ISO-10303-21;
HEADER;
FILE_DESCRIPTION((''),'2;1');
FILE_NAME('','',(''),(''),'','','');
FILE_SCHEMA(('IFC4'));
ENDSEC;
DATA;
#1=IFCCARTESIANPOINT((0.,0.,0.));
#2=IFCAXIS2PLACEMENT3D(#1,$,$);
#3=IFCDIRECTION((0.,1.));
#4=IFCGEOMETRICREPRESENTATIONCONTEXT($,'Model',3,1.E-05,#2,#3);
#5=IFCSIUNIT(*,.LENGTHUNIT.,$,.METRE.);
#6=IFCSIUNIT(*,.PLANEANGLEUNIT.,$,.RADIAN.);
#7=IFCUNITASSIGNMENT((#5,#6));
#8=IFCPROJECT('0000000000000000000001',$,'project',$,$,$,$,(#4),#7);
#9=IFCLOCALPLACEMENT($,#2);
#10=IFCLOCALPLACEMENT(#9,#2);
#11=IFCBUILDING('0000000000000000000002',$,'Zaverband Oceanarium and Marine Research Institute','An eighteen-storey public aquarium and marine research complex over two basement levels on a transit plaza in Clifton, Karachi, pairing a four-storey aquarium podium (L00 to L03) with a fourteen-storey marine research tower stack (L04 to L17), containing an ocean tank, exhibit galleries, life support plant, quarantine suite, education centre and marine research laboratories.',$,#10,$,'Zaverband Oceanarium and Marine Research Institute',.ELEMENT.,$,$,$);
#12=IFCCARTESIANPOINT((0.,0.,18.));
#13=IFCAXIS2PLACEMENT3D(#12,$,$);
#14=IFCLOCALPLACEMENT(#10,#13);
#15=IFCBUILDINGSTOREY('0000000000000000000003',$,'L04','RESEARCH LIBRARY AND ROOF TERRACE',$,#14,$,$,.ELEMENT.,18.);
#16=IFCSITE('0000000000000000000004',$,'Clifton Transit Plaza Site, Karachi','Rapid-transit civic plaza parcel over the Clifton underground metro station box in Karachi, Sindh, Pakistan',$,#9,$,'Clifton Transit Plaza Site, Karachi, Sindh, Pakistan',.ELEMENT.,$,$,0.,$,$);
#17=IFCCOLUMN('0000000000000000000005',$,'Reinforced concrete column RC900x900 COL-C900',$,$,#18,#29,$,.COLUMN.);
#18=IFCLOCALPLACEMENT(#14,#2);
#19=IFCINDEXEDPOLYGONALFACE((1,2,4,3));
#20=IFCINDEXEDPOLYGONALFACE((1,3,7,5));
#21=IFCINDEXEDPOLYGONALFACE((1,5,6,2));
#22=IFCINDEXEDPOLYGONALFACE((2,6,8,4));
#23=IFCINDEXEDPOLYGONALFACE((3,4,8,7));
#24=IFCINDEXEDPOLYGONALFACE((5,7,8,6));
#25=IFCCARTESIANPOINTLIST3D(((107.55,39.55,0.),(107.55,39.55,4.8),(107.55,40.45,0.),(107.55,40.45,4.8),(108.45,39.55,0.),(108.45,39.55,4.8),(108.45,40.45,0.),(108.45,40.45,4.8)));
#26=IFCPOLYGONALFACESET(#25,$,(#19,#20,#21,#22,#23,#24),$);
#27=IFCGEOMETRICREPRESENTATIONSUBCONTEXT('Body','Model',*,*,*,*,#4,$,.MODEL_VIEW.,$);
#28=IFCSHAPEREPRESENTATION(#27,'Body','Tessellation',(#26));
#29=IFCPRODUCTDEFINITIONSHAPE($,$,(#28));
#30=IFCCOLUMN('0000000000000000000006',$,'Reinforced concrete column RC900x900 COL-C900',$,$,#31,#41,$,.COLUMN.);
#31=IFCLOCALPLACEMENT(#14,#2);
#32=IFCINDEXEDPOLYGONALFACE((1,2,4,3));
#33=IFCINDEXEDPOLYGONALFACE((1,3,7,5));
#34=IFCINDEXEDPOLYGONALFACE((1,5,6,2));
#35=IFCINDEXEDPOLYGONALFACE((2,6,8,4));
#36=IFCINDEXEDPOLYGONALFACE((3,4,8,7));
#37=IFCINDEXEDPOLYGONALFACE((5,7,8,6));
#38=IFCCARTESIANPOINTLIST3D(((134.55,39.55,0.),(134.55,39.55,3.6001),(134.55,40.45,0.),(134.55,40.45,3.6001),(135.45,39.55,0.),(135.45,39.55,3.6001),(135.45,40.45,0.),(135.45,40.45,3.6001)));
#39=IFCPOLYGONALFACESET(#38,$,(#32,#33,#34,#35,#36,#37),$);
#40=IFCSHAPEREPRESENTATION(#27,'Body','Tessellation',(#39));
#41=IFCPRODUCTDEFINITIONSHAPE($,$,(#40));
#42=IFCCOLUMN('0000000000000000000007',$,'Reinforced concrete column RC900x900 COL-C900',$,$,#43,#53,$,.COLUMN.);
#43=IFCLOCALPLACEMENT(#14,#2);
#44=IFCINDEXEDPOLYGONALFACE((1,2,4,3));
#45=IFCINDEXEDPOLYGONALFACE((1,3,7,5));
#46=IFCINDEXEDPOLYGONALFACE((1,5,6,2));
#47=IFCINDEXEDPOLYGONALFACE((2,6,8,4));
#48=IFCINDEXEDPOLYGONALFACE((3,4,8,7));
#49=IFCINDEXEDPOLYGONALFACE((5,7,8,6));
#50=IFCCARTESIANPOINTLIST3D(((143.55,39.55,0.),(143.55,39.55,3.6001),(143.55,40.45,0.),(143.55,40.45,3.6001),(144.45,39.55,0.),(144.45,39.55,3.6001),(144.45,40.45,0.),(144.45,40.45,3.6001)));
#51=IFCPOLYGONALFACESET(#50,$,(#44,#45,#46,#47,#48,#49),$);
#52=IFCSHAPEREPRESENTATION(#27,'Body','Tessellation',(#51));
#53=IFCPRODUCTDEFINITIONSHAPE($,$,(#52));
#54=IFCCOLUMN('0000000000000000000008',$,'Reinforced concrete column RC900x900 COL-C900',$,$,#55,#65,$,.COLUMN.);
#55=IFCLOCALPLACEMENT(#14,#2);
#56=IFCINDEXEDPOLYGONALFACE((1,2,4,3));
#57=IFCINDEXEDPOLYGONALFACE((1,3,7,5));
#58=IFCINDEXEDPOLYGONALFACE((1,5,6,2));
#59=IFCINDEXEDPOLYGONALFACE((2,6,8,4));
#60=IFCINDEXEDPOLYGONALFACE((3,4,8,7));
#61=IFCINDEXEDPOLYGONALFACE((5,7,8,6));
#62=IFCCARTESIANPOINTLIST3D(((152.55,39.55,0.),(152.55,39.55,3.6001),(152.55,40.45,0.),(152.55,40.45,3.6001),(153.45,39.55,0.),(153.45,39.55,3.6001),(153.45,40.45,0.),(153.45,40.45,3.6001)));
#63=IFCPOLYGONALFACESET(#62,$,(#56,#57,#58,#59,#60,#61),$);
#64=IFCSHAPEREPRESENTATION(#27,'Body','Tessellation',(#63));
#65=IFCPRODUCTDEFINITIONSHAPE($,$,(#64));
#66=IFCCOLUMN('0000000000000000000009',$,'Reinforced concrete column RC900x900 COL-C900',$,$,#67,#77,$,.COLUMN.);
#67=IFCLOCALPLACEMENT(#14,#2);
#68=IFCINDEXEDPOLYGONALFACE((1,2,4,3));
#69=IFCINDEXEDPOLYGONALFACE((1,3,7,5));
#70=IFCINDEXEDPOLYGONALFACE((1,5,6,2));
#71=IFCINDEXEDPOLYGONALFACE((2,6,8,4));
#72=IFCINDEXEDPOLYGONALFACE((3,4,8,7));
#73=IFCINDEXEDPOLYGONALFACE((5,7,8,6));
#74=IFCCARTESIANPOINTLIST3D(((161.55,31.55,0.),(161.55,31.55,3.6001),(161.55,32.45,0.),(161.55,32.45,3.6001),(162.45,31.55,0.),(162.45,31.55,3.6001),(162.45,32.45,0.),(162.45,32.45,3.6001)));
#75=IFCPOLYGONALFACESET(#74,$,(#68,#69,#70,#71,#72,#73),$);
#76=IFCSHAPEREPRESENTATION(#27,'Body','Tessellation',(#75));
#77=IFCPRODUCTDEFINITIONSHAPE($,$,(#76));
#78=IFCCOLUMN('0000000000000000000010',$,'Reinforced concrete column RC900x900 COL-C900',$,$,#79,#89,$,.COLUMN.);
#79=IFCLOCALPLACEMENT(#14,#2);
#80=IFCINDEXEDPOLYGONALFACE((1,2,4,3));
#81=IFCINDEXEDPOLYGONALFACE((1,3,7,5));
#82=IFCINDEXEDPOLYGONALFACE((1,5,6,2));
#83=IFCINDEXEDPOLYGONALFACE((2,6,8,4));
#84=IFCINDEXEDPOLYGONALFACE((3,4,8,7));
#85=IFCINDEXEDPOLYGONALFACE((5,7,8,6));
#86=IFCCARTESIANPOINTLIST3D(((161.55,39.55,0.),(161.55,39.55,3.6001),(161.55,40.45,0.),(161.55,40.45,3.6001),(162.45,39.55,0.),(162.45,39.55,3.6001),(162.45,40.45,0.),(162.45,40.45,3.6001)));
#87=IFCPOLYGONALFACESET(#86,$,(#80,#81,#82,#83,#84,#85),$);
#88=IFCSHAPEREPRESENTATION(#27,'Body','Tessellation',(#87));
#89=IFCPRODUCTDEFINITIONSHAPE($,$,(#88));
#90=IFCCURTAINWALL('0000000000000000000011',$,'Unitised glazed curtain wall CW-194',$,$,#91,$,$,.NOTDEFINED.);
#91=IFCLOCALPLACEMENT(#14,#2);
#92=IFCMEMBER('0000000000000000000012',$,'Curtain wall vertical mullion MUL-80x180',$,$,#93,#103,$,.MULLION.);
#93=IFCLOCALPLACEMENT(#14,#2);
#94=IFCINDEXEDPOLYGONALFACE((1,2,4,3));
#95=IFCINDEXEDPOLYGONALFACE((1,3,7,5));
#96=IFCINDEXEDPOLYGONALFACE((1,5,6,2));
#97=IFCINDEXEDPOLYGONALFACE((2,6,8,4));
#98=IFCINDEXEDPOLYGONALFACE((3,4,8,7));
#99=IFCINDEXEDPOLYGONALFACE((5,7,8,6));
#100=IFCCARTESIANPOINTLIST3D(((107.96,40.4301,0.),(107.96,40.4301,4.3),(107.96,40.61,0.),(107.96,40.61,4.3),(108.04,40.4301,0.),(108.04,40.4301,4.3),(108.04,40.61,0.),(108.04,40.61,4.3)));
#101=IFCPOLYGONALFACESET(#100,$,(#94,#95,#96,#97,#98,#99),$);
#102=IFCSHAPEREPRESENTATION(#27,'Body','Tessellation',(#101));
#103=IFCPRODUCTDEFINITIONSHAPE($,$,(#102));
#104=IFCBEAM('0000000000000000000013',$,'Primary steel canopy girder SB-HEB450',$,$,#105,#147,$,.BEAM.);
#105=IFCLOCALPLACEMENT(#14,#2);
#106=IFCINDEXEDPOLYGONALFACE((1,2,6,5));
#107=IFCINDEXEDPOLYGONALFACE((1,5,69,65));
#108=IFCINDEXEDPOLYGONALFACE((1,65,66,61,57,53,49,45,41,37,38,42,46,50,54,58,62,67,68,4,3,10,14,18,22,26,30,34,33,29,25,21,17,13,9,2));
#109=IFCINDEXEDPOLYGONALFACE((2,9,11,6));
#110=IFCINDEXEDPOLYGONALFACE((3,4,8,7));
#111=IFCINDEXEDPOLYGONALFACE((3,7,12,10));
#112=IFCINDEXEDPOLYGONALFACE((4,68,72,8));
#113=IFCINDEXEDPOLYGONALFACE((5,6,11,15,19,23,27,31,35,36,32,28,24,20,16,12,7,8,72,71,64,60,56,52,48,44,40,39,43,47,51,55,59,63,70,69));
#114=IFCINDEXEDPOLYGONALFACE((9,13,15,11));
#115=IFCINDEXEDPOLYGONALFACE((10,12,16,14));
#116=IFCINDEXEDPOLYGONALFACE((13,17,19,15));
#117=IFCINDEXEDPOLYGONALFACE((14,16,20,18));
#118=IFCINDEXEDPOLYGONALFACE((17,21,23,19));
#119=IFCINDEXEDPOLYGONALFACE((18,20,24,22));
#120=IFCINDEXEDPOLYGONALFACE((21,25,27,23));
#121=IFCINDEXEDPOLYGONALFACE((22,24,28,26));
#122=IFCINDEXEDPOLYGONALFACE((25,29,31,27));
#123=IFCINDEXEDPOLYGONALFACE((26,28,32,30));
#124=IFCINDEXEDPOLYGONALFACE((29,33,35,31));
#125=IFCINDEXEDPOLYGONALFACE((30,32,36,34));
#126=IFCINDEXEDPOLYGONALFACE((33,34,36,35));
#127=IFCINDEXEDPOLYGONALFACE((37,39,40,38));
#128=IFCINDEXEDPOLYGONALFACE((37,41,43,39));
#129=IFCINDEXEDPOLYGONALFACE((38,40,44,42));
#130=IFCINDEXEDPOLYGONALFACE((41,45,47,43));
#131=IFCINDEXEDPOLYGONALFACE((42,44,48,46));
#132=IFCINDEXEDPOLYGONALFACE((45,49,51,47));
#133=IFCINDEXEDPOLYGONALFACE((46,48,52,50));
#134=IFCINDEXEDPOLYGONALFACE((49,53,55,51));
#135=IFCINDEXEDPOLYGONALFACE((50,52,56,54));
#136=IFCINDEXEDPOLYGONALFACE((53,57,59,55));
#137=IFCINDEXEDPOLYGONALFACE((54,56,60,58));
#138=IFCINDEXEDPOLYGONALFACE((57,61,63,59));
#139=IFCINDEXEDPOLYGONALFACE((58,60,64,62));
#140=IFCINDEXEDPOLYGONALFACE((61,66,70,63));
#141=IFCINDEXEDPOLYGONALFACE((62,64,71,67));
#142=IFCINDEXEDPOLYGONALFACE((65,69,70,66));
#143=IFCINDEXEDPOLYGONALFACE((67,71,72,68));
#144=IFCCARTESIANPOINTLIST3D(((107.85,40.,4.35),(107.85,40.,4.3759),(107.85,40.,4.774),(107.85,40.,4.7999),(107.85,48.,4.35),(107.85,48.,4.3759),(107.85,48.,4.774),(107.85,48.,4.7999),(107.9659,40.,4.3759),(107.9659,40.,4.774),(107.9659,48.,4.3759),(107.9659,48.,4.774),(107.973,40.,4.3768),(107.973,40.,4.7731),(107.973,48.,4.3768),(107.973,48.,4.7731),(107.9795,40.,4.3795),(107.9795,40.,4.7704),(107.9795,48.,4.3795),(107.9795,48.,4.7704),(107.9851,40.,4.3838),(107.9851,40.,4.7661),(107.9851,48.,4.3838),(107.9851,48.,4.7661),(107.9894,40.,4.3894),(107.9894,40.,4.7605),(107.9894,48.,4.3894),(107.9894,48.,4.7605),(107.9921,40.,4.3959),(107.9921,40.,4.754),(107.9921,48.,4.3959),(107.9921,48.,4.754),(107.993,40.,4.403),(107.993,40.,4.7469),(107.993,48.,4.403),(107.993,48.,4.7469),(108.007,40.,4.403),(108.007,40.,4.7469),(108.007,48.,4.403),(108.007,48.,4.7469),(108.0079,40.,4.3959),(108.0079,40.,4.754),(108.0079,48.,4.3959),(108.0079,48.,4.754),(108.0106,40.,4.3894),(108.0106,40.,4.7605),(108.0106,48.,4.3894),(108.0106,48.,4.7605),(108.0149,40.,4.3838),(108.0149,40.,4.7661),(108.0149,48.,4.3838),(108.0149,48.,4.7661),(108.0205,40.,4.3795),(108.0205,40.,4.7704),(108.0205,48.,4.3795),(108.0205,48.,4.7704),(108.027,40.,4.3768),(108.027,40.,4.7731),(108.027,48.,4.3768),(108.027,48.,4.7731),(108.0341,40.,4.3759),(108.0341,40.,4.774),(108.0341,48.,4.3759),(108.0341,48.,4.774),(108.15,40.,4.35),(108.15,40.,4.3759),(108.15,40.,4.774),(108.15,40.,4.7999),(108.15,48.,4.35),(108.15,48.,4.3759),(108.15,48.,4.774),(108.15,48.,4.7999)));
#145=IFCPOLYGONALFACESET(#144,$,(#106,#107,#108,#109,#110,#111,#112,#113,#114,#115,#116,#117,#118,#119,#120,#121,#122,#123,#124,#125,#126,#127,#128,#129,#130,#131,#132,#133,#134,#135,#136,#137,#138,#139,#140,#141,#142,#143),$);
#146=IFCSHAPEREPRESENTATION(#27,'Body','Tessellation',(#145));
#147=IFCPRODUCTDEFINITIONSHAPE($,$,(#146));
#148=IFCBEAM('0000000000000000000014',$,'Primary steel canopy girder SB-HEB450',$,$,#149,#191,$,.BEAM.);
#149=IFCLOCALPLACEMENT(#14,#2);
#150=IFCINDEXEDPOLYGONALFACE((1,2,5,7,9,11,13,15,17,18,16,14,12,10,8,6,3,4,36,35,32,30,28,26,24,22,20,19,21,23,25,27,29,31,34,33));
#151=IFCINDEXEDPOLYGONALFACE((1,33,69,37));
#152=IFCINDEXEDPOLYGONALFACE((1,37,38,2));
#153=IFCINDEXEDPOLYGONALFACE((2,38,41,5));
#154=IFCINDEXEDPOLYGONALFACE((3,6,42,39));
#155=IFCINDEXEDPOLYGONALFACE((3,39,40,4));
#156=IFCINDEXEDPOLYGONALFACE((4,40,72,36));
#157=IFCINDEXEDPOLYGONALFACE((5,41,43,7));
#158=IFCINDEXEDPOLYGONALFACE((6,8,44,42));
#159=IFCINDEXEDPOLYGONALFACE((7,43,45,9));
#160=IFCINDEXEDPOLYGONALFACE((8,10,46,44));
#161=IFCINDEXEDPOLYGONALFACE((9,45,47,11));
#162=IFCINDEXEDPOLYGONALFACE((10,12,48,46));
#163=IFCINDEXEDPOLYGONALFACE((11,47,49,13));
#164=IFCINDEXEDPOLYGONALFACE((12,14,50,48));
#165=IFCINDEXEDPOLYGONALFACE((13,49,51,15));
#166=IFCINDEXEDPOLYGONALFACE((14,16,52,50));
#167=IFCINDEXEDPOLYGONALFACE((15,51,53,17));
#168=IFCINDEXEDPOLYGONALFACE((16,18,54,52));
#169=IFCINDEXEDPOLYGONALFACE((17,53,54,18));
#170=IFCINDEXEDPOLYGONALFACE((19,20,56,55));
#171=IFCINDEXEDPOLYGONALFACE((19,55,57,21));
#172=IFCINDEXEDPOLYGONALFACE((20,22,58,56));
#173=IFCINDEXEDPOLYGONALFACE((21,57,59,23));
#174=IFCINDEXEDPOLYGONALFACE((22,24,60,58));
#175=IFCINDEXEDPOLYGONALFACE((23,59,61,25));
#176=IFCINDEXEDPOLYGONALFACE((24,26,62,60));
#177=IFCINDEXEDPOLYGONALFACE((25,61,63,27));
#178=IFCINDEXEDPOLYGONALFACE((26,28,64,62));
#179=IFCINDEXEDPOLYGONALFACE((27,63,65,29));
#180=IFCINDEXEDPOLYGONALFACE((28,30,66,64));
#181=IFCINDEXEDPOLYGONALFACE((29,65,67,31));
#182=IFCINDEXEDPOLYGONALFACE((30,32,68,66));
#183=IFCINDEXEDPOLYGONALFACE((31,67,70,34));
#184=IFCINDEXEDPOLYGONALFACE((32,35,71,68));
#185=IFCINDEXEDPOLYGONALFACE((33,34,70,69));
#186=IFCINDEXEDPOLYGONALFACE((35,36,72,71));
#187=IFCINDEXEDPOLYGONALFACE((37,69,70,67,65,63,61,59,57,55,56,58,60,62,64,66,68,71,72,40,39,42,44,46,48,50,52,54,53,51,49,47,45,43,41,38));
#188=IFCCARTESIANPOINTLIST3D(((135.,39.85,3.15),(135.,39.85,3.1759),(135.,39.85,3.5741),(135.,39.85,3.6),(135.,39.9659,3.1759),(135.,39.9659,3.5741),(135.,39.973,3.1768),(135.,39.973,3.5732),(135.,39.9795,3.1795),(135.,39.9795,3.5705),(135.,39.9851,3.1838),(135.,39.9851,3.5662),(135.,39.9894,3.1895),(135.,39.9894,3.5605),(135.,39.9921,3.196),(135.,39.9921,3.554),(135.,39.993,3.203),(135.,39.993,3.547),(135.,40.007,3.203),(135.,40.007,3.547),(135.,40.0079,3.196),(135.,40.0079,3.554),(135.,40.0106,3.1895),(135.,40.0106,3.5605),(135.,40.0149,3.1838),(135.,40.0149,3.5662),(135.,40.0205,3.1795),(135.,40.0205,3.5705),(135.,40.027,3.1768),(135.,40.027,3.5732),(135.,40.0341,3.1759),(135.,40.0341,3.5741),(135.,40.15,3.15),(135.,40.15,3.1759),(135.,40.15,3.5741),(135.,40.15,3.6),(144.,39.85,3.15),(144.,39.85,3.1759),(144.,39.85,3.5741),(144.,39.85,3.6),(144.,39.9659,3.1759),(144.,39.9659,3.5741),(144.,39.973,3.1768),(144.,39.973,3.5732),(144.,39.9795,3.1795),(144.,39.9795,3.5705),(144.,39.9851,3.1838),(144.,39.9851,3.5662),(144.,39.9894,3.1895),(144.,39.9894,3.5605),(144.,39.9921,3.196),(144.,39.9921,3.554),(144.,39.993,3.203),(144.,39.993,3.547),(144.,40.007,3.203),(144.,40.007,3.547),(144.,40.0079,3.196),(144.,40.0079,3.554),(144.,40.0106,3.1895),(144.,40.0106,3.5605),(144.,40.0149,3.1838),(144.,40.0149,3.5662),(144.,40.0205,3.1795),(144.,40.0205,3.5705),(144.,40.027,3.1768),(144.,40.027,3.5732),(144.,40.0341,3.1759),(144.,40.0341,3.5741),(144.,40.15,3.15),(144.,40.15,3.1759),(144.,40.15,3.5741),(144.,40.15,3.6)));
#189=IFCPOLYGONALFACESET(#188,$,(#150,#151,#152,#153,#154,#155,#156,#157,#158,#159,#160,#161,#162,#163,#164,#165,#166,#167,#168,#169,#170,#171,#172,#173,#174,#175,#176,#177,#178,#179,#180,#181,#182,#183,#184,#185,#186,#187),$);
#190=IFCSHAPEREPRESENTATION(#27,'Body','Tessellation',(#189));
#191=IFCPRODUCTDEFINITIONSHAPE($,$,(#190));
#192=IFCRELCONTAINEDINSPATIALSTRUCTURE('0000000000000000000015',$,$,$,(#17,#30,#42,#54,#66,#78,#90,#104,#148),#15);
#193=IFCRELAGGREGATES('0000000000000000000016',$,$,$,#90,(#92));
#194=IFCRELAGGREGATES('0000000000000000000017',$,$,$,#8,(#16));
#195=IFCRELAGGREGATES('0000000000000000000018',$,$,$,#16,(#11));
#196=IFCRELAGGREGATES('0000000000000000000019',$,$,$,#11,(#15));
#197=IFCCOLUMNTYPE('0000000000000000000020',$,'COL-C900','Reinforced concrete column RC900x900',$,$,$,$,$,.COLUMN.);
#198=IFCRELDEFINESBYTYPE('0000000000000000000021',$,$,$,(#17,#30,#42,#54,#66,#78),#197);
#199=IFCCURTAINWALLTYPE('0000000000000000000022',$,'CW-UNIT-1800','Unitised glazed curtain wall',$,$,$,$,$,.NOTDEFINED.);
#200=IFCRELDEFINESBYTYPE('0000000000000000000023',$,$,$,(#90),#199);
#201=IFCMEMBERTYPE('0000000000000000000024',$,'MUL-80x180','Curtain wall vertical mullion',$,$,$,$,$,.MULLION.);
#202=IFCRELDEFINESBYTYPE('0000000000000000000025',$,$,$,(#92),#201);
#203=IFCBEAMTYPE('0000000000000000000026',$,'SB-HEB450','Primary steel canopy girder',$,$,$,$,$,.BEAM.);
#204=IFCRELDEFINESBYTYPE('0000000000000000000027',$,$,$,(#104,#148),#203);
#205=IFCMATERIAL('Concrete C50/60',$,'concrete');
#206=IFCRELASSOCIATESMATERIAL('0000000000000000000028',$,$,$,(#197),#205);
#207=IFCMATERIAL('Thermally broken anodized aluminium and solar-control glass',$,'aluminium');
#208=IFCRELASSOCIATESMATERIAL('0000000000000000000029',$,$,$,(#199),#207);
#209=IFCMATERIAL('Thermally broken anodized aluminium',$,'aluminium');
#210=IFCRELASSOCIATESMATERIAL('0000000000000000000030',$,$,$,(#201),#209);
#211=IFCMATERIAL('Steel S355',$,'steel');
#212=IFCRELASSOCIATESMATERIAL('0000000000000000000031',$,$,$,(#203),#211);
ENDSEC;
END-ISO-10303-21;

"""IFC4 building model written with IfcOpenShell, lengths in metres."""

from ifc_helpers import new_model, si_unit, direction, frame, origin, origin_2d, place, context, subcontext, project, spatial, rectangle, i_section, extrude, material, material_profile, profile_set, type_object, element, aggregate, save


model = new_model("IFC4")

# Units and contexts
model_context = context("Model", 3, precision=1e-05, world=origin(), true_north=direction((0.0, 1.0)))
body_context = subcontext(model_context, "Body", "Model", "MODEL_VIEW")
ifc_project = project(units=[si_unit("LENGTHUNIT", "METRE"), si_unit("PLANEANGLEUNIT", "RADIAN")], contexts=[model_context])

# Site, building, storey
site_placement = place(None, origin())
site = spatial("IfcSite", under=ifc_project, at=site_placement, Name="Clifton Transit Plaza Site, Karachi", Description="Rapid-transit civic plaza parcel over the Clifton underground metro station box in Karachi, Sindh, Pakistan", LongName="Clifton Transit Plaza Site, Karachi, Sindh, Pakistan", CompositionType="ELEMENT", RefElevation=0.0)
building_placement = place(site_placement, origin())
building = spatial("IfcBuilding", under=site, at=building_placement, Name="Zaverband Oceanarium and Marine Research Institute", Description="An eighteen-storey public aquarium and marine research complex over two basement levels on a transit plaza in Clifton, Karachi, pairing a four-storey aquarium podium (L00 to L03) with a fourteen-storey marine research tower stack (L04 to L17), containing an ocean tank, exhibit galleries, life support plant, quarantine suite, education centre and marine research laboratories.", LongName="Zaverband Oceanarium and Marine Research Institute", CompositionType="ELEMENT")
storey_placement = place(building_placement, frame((0.0, 0.0, 18.0)))
storey = spatial("IfcBuildingStorey", under=building, at=storey_placement, Name="L04", Description="RESEARCH LIBRARY AND ROOF TERRACE", CompositionType="ELEMENT", Elevation=18.0)

# Columns
ifc_material_1 = material(Name="Concrete C50/60", Category="concrete")
ifc_material_profile_1 = material_profile(ifc_material_1, rectangle(XDim=0.8999, YDim=0.8999, at=origin_2d()), Name="RC900x900")
ifc_profile_set_1 = profile_set([ifc_material_profile_1], Name="Concrete C50/60")
column_type = type_object("IfcColumnType", Name="COL-C900", Description="Reinforced concrete column RC900x900", PredefinedType="COLUMN", material=ifc_profile_set_1)
column_placement = place(storey_placement, frame((108.0, 40.0, 0.0), z_axis=(0.0, 0.0, 1.0), x_axis=(1.0, 0.0, 0.0)))
element("IfcColumn", 1, at=column_placement, inside=storey, type_object=column_type, Name="Reinforced concrete column RC900x900 COL-C900", PredefinedType="COLUMN", context=body_context, shape_type="SweptSolid", body=[
    extrude(rectangle(XDim=0.8999, YDim=0.8999, at=origin_2d()), origin(), (0.0, 0.0, 1.0), 4.8),
])
for number, where, z_axis, x_axis, name in (
    (2, (135.0, 40.0, 0.0), (0.0, 0.0, 1.0), (1.0, 0.0, 0.0), "Reinforced concrete column RC900x900 COL-C900"),
    (3, (144.0, 40.0, 0.0), (0.0, 0.0, 1.0), (1.0, 0.0, 0.0), "Reinforced concrete column RC900x900 COL-C900"),
    (4, (153.0, 40.0, 0.0), (0.0, 0.0, 1.0), (1.0, 0.0, 0.0), "Reinforced concrete column RC900x900 COL-C900"),
    (5, (162.0, 32.0, 0.0), (0.0, 0.0, 1.0), (1.0, 0.0, 0.0), "Reinforced concrete column RC900x900 COL-C900"),
    (6, (162.0, 40.0, 0.0), (0.0, 0.0, 1.0), (1.0, 0.0, 0.0), "Reinforced concrete column RC900x900 COL-C900"),
):
    element("IfcColumn", number, at=place(storey_placement, frame(where, z_axis=z_axis, x_axis=x_axis)), inside=storey, type_object=column_type, Name=name, PredefinedType="COLUMN", context=body_context, shape_type="SweptSolid", body=[
        extrude(rectangle(XDim=0.8999, YDim=0.8999, at=origin_2d()), origin(), (0.0, 0.0, 1.0), 3.6001),
    ])

# Curtain wall, member
ifc_material_2 = material(Name="Thermally broken anodized aluminium and solar-control glass", Category="aluminium")
curtain_wall_type = type_object("IfcCurtainWallType", Name="CW-UNIT-1800", Description="Unitised glazed curtain wall", PredefinedType="NOTDEFINED", material=ifc_material_2)
curtain_wall_placement = place(storey_placement, origin())
curtain_wall = element("IfcCurtainWall", 7, at=curtain_wall_placement, inside=storey, type_object=curtain_wall_type, Name="Unitised glazed curtain wall CW-194", PredefinedType="NOTDEFINED")
ifc_material_3 = material(Name="Thermally broken anodized aluminium", Category="aluminium")
ifc_material_profile_2 = material_profile(ifc_material_3, rectangle(XDim=0.0801, YDim=0.1799, at=origin_2d()), Name="AL-MUL-80x180")
ifc_profile_set_2 = profile_set([ifc_material_profile_2], Name="Thermally broken anodized aluminium")
member_type_1 = type_object("IfcMemberType", Name="MUL-80x180", Description="Curtain wall vertical mullion", PredefinedType="MULLION", material=ifc_profile_set_2)
member_1_placement = place(storey_placement, frame((108.0, 40.52, 0.0), z_axis=(0.0, 0.0, 1.0), x_axis=(1.0, 0.0, 0.0)))
member_1 = element("IfcMember", 8, at=member_1_placement, type_object=member_type_1, Name="Curtain wall vertical mullion MUL-80x180", PredefinedType="MULLION", context=body_context, shape_type="SweptSolid", body=[
    extrude(rectangle(XDim=0.0801, YDim=0.1799, at=origin_2d()), origin(), (0.0, 0.0, 1.0), 4.3),
])

# Beams
ifc_material_4 = material(Name="Steel S355", Category="steel")
ifc_material_profile_3 = material_profile(ifc_material_4, i_section(OverallWidth=0.3, OverallDepth=0.45, WebThickness=0.0139, FlangeThickness=0.0259, FilletRadius=0.0271, at=origin_2d()), Name="HEB450")
ifc_profile_set_3 = profile_set([ifc_material_profile_3], Name="Steel S355")
beam_type_1 = type_object("IfcBeamType", Name="SB-HEB450", Description="Primary steel canopy girder", PredefinedType="BEAM", material=ifc_profile_set_3)
beam_1_placement = place(storey_placement, frame((108.0, 40.0, 4.575), z_axis=(0.0, 1.0, 0.0), x_axis=(-1.0, 0.0, 0.0)))
element("IfcBeam", 9, at=beam_1_placement, inside=storey, type_object=beam_type_1, Name="Primary steel canopy girder SB-HEB450", PredefinedType="BEAM", context=body_context, shape_type="SweptSolid", body=[
    extrude(i_section(OverallWidth=0.3, OverallDepth=0.45, WebThickness=0.0139, FlangeThickness=0.0259, FilletRadius=0.0271, at=origin_2d()), origin(), (0.0, 0.0, 1.0), 8.0),
])
for number, where, z_axis, x_axis, name in (
    (10, (135.0, 40.0, 3.375), (1.0, 0.0, 0.0), (0.0, 1.0, 0.0), "Primary steel canopy girder SB-HEB450"),
):
    element("IfcBeam", number, at=place(storey_placement, frame(where, z_axis=z_axis, x_axis=x_axis)), inside=storey, type_object=beam_type_1, Name=name, PredefinedType="BEAM", context=body_context, shape_type="SweptSolid", body=[
        extrude(i_section(OverallWidth=0.3, OverallDepth=0.45, WebThickness=0.0139, FlangeThickness=0.0259, FilletRadius=0.0271, at=origin_2d()), origin(), (0.0, 0.0, 1.0), 9.0),
    ])

aggregate(curtain_wall, [member_1])

save(model, "model.ifc")
